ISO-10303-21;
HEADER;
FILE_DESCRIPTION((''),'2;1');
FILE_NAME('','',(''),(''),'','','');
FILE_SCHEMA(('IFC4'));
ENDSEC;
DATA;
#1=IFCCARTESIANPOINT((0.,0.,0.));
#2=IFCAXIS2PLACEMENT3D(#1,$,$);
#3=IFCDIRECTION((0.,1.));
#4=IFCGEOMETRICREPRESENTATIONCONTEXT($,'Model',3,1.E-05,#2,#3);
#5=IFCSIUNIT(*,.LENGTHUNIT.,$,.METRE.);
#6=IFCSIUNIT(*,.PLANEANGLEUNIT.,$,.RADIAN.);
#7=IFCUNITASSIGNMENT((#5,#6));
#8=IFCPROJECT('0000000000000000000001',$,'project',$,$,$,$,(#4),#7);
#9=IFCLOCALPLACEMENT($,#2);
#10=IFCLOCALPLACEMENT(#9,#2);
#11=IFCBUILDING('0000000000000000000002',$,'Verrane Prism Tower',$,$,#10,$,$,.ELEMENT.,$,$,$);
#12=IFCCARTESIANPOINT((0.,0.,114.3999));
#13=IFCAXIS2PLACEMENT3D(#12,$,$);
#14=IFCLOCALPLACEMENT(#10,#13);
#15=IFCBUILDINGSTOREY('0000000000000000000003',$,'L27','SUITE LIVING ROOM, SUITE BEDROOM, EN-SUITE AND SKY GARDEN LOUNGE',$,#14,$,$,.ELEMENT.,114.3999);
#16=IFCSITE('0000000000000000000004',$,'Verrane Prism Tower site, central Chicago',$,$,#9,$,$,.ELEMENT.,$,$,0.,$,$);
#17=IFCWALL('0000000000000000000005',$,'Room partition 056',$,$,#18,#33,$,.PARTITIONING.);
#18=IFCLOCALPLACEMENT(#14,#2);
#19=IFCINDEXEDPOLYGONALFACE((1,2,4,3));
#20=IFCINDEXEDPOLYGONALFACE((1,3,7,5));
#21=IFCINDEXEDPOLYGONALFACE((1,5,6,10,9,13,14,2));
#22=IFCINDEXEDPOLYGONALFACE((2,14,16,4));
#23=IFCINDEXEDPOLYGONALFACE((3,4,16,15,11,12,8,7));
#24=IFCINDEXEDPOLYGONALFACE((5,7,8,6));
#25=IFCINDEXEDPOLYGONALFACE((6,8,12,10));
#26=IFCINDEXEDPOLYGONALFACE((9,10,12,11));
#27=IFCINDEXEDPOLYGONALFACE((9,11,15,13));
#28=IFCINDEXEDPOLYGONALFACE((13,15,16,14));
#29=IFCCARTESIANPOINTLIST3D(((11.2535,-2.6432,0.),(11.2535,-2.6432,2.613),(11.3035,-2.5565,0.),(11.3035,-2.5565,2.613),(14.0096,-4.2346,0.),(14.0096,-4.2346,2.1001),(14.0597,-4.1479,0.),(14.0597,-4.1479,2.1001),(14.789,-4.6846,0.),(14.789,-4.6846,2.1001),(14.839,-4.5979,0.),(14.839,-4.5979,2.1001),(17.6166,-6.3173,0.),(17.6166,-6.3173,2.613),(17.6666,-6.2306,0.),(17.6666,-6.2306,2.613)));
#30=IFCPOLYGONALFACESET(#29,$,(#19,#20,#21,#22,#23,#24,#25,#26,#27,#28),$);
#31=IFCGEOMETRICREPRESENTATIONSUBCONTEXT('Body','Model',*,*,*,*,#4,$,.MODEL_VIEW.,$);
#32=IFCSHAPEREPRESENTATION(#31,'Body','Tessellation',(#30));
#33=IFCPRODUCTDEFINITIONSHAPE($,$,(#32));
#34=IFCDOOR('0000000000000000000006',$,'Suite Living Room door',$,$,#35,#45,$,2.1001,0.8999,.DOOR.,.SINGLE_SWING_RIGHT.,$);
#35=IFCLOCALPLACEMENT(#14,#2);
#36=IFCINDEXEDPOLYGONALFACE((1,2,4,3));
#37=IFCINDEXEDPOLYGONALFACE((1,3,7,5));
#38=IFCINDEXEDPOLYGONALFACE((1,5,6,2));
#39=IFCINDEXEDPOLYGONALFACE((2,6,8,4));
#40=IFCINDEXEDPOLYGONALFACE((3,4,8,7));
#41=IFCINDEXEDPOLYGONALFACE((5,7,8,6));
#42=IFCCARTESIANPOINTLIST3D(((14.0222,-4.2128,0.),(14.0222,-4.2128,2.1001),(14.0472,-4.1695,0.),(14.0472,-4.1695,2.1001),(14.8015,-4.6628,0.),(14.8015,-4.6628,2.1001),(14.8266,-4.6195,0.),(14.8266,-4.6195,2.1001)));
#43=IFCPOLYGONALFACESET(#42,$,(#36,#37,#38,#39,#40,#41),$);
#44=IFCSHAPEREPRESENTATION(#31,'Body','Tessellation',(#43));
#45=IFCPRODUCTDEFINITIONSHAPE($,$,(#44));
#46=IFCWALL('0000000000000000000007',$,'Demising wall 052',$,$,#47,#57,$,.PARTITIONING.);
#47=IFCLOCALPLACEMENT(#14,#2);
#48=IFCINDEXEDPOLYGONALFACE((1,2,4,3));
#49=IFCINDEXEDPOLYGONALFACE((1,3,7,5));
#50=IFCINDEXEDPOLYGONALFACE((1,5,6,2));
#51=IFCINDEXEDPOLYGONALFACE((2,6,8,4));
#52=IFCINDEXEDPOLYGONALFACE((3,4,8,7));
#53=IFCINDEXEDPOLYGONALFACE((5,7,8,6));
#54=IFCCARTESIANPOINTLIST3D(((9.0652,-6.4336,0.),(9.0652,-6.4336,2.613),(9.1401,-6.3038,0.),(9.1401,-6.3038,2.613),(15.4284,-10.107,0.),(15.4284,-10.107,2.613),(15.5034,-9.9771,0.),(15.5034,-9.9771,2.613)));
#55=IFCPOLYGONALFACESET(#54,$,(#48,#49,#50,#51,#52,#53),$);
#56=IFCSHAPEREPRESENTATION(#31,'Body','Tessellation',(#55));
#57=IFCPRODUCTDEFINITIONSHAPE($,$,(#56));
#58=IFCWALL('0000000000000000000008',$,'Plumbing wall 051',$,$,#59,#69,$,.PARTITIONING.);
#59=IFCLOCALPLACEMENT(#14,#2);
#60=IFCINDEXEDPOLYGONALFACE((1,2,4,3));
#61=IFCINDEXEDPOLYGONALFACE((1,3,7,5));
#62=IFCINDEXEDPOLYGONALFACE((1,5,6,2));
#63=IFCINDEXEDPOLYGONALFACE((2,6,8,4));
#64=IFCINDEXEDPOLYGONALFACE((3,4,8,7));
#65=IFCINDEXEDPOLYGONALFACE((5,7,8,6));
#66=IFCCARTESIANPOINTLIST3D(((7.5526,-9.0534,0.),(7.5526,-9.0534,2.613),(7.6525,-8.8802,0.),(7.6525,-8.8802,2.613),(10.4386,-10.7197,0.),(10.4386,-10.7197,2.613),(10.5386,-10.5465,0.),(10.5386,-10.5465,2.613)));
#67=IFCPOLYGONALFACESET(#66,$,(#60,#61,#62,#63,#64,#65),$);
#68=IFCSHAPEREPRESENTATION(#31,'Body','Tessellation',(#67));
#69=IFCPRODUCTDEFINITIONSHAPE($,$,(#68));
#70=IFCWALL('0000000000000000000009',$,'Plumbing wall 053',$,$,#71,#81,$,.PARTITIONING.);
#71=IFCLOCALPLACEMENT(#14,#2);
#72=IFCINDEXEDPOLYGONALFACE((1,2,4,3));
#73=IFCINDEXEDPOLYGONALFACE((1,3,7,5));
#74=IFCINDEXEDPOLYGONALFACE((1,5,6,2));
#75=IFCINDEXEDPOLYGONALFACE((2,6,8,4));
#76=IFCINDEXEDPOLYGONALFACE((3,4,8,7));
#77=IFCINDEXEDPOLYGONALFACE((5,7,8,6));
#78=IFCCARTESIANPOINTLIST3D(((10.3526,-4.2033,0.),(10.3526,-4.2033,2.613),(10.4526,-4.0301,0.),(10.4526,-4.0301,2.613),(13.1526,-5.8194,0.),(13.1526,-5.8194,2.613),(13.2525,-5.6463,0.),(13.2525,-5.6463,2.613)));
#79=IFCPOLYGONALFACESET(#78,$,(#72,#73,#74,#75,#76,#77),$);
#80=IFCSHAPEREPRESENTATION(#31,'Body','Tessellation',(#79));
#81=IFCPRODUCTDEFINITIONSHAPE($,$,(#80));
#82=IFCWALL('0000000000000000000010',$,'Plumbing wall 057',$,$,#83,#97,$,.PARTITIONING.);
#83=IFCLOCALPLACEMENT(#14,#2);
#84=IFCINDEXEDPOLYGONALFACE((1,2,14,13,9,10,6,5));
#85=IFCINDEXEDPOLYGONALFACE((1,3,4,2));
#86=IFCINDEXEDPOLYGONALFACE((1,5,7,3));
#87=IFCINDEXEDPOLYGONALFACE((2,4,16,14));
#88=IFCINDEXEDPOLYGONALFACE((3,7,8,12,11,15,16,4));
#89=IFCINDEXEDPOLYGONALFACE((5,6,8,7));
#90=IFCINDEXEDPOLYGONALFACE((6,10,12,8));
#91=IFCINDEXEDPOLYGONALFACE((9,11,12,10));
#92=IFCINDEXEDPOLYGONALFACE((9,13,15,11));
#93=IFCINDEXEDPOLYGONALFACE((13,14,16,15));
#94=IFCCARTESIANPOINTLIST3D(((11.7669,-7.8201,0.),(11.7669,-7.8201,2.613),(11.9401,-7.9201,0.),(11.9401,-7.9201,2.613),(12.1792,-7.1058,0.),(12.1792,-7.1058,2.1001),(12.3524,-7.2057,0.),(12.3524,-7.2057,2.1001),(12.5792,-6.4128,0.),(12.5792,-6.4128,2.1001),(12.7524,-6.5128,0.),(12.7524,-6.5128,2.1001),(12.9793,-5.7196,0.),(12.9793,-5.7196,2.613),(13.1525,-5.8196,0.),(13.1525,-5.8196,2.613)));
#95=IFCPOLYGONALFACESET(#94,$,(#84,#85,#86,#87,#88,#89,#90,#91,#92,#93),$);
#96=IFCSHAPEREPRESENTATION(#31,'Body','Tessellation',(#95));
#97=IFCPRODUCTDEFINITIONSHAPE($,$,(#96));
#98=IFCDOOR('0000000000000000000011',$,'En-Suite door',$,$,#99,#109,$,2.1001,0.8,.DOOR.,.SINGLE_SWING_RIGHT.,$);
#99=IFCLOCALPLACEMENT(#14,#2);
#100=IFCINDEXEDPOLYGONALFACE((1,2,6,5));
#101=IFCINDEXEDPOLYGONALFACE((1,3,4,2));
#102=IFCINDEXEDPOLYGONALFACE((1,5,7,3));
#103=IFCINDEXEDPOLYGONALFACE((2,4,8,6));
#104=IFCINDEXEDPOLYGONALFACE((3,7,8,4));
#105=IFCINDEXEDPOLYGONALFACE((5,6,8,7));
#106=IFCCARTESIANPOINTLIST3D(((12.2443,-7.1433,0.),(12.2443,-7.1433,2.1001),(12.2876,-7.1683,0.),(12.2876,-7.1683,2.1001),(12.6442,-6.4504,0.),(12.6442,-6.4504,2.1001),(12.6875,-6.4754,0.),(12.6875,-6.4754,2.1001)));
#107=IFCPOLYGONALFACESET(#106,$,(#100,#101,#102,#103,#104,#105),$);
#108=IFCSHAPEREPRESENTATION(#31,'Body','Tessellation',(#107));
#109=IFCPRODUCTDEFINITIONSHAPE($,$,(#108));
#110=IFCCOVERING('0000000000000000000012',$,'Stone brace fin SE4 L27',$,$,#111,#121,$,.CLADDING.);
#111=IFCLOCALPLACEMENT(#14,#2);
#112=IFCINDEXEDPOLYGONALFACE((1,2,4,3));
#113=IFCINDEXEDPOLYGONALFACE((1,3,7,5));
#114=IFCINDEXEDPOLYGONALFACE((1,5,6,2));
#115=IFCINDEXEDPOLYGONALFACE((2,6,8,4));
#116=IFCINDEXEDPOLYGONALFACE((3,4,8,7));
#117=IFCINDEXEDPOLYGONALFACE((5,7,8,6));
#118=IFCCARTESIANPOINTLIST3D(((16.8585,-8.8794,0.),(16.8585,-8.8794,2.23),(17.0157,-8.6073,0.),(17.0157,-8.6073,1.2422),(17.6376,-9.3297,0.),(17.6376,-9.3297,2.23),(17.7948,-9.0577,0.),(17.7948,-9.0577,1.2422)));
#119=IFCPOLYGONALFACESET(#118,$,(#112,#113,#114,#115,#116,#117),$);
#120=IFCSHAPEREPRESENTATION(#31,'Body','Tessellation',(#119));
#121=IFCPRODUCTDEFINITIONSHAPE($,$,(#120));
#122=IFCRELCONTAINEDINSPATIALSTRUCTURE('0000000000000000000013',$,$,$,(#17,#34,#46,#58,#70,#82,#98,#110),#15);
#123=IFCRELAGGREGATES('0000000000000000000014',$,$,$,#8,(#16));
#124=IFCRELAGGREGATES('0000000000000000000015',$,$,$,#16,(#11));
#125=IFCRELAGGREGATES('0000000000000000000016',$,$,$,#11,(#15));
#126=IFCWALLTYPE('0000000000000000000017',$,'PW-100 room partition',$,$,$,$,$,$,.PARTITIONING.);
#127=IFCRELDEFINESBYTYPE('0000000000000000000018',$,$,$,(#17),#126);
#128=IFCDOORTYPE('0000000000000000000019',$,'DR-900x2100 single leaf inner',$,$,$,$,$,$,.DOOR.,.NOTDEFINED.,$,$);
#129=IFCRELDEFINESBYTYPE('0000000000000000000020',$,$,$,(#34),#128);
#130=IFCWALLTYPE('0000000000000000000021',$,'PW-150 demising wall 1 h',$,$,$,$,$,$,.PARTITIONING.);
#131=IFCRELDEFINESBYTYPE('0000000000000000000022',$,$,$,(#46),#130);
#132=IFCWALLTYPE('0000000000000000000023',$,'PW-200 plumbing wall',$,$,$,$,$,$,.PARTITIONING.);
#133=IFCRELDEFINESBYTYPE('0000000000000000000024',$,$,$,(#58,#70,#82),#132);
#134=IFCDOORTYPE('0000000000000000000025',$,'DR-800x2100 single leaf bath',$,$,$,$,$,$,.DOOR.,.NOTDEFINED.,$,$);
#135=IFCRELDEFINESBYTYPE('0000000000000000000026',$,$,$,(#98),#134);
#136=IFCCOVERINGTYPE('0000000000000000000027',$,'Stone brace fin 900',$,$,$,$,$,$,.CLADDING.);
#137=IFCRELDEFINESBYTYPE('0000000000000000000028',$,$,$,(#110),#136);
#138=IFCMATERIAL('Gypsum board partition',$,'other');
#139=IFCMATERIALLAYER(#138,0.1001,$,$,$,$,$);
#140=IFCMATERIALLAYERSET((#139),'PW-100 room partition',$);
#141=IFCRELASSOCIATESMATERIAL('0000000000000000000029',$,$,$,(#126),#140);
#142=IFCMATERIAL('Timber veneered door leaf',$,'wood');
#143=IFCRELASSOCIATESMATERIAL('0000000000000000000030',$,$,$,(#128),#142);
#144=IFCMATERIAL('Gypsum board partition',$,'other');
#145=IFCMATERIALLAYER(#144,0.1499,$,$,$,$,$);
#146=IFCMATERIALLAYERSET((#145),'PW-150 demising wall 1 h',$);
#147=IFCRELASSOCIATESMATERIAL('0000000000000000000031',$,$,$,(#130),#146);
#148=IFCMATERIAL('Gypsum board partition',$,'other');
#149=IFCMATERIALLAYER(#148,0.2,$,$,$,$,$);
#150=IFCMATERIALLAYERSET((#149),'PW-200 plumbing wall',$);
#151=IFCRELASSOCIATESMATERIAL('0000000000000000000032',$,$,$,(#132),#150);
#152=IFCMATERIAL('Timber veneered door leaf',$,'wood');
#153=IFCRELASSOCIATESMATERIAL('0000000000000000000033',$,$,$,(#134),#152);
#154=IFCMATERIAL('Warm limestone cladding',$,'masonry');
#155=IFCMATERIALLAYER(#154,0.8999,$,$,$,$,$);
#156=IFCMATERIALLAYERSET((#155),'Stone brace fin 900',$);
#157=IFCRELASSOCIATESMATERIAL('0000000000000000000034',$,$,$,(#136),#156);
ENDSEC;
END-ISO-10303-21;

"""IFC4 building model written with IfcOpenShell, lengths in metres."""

from ifc_helpers import new_model, si_unit, direction, frame, frame_2d, origin, place, context, subcontext, project, spatial, polyline, rectangle, outline, extrude, material, layer, layer_set, type_object, element, fill, save


model = new_model("IFC4")

# Units and contexts
model_context = context("Model", 3, precision=1e-05, world=origin(), true_north=direction((0.0, 1.0)))
body_context = subcontext(model_context, "Body", "Model", "MODEL_VIEW")
ifc_project = project(units=[si_unit("LENGTHUNIT", "METRE"), si_unit("PLANEANGLEUNIT", "RADIAN")], contexts=[model_context])

# Site, building, storey
site_placement = place(None, origin())
site = spatial("IfcSite", under=ifc_project, at=site_placement, Name="Verrane Prism Tower site, central Chicago", CompositionType="ELEMENT", RefElevation=0.0)
building_placement = place(site_placement, origin())
building = spatial("IfcBuilding", under=site, at=building_placement, Name="Verrane Prism Tower", CompositionType="ELEMENT")
storey_placement = place(building_placement, frame((0.0, 0.0, 114.3999)))
storey = spatial("IfcBuildingStorey", under=building, at=storey_placement, Name="L27", Description="SUITE LIVING ROOM, SUITE BEDROOM, EN-SUITE AND SKY GARDEN LOUNGE", CompositionType="ELEMENT", Elevation=114.3999)

# Wall, opening, door
ifc_material_1 = material(Name="Gypsum board partition", Category="other")
ifc_layer_1 = layer(ifc_material_1, 0.1001)
ifc_layer_set_1 = layer_set([ifc_layer_1], Name="PW-100 room partition")
wall_type_1 = type_object("IfcWallType", Name="PW-100 room partition", PredefinedType="PARTITIONING", material=ifc_layer_set_1)
wall_1_placement = place(storey_placement, frame((17.6416, -6.2739, 0.0), z_axis=(0.0, 0.0, 1.0), x_axis=(-0.866004, 0.500038, 0.0)))
wall_1 = element("IfcWall", 1, at=wall_1_placement, inside=storey, type_object=wall_type_1, Name="Room partition 056", PredefinedType="PARTITIONING", context=body_context, shape_type="SweptSolid", body=[
    extrude(rectangle(XDim=7.3477, YDim=0.1001, at=frame_2d((3.6738, 0.0))), origin(), (0.0, 0.0, 1.0), 2.613),
])
opening_1_placement = place(wall_1_placement, frame((3.2651, 0.0, 0.0)))
opening_1 = element("IfcOpeningElement", 2, at=opening_1_placement, cuts=wall_1, PredefinedType="OPENING", context=body_context, shape_type="SweptSolid", body=[
    extrude(rectangle(XDim=0.8999, YDim=2.1001, at=frame_2d((0.45, 1.05))), frame((0.0, 0.0601, 0.0), z_axis=(0.0, -1.0, 0.0), x_axis=(1.0, 0.0, 0.0)), (0.0, 0.0, 1.0), 0.1201),
])
ifc_material_2 = material(Name="Timber veneered door leaf", Category="wood")
door_type_1 = type_object("IfcDoorType", Name="DR-900x2100 single leaf inner", OperationType="NOTDEFINED", PredefinedType="DOOR", material=ifc_material_2)
door_1_placement = place(opening_1_placement, origin())
door_1 = element("IfcDoor", 3, at=door_1_placement, inside=storey, type_object=door_type_1, Name="Suite Living Room door", OperationType="SINGLE_SWING_RIGHT", OverallHeight=2.1001, OverallWidth=0.8999, PredefinedType="DOOR", context=body_context, shape_type="SweptSolid", body=[
    extrude(rectangle(XDim=0.8999, YDim=2.1001, at=frame_2d((0.45, 1.05))), frame((0.0, 0.0249, 0.0), z_axis=(0.0, -1.0, 0.0), x_axis=(1.0, 0.0, 0.0)), (0.0, 0.0, 1.0), 0.05),
])
fill(opening_1, door_1)

# Walls
ifc_material_3 = material(Name="Gypsum board partition", Category="other")
ifc_layer_2 = layer(ifc_material_3, 0.1499)
ifc_layer_set_2 = layer_set([ifc_layer_2], Name="PW-150 demising wall 1 h")
wall_type_2 = type_object("IfcWallType", Name="PW-150 demising wall 1 h", PredefinedType="PARTITIONING", material=ifc_layer_set_2)
wall_2_placement = place(storey_placement, frame((9.1025, -6.3687, 0.0), z_axis=(0.0, 0.0, 1.0), x_axis=(0.866055, -0.499949, 0.0)))
element("IfcWall", 4, at=wall_2_placement, inside=storey, type_object=wall_type_2, Name="Demising wall 052", PredefinedType="PARTITIONING", context=body_context, shape_type="SweptSolid", body=[
    extrude(rectangle(XDim=7.3474, YDim=0.1499, at=frame_2d((3.6738, 0.0))), origin(), (0.0, 0.0, 1.0), 2.613),
])
ifc_material_4 = material(Name="Gypsum board partition", Category="other")
ifc_layer_3 = layer(ifc_material_4, 0.2)
ifc_layer_set_3 = layer_set([ifc_layer_3], Name="PW-200 plumbing wall")
wall_type_3 = type_object("IfcWallType", Name="PW-200 plumbing wall", PredefinedType="PARTITIONING", material=ifc_layer_set_3)
wall_3_placement = place(storey_placement, frame((7.6025, -8.9668, 0.0), z_axis=(0.0, 0.0, 1.0), x_axis=(0.866021, -0.500008, 0.0)))
element("IfcWall", 5, at=wall_3_placement, inside=storey, type_object=wall_type_3, Name="Plumbing wall 051", PredefinedType="PARTITIONING", context=body_context, shape_type="SweptSolid", body=[
    extrude(rectangle(XDim=3.3325, YDim=0.2, at=frame_2d((1.6663, 0.0))), origin(), (0.0, 0.0, 1.0), 2.613),
])
wall_4_placement = place(storey_placement, frame((10.4026, -4.1167, 0.0), z_axis=(0.0, 0.0, 1.0), x_axis=(0.866079, -0.499908, 0.0)))
element("IfcWall", 6, at=wall_4_placement, inside=storey, type_object=wall_type_3, Name="Plumbing wall 053", PredefinedType="PARTITIONING", context=body_context, shape_type="SweptSolid", body=[
    extrude(rectangle(XDim=3.2329, YDim=0.2, at=frame_2d((1.6165, 0.0))), origin(), (0.0, 0.0, 1.0), 2.613),
])

# Wall, opening, door
wall_5_placement = place(storey_placement, frame((11.8535, -7.8701, 0.0), z_axis=(0.0, 0.0, 1.0), x_axis=(0.499885, 0.866092, 0.0)))
wall_5 = element("IfcWall", 7, at=wall_5_placement, inside=storey, type_object=wall_type_3, Name="Plumbing wall 057", PredefinedType="PARTITIONING", context=body_context, shape_type="SweptSolid", body=[
    extrude(rectangle(XDim=2.4253, YDim=0.2, at=frame_2d((1.2126, 0.0))), origin(), (0.0, 0.0, 1.0), 2.613),
])
opening_2_placement = place(wall_5_placement, frame((0.825, 0.0, 0.0)))
opening_2 = element("IfcOpeningElement", 8, at=opening_2_placement, cuts=wall_5, PredefinedType="OPENING", context=body_context, shape_type="SweptSolid", body=[
    extrude(rectangle(XDim=0.8, YDim=2.1001, at=frame_2d((0.3999, 1.05))), frame((0.0, 0.1099, 0.0), z_axis=(0.0, -1.0, 0.0), x_axis=(1.0, 0.0, 0.0)), (0.0, 0.0, 1.0), 0.22),
])
ifc_material_5 = material(Name="Timber veneered door leaf", Category="wood")
door_type_2 = type_object("IfcDoorType", Name="DR-800x2100 single leaf bath", OperationType="NOTDEFINED", PredefinedType="DOOR", material=ifc_material_5)
door_2_placement = place(opening_2_placement, origin())
door_2 = element("IfcDoor", 9, at=door_2_placement, inside=storey, type_object=door_type_2, Name="En-Suite door", OperationType="SINGLE_SWING_RIGHT", OverallHeight=2.1001, OverallWidth=0.8, PredefinedType="DOOR", context=body_context, shape_type="SweptSolid", body=[
    extrude(rectangle(XDim=0.8, YDim=2.1001, at=frame_2d((0.3999, 1.05))), frame((0.0, 0.0249, 0.0), z_axis=(0.0, -1.0, 0.0), x_axis=(1.0, 0.0, 0.0)), (0.0, 0.0, 1.0), 0.05),
])
fill(opening_2, door_2)

# Covering
ifc_material_6 = material(Name="Warm limestone cladding", Category="masonry")
ifc_layer_4 = layer(ifc_material_6, 0.8999)
ifc_layer_set_4 = layer_set([ifc_layer_4], Name="Stone brace fin 900")
covering_type = type_object("IfcCoveringType", Name="Stone brace fin 900", PredefinedType="CLADDING", material=ifc_layer_set_4)
covering_placement = place(storey_placement, frame((17.4053, -8.8325, 0.0), z_axis=(0.0, 0.0, 1.0), x_axis=(-0.500485, -0.865745, 0.0)))
element("IfcCovering", 10, at=covering_placement, inside=storey, type_object=covering_type, Name="Stone brace fin SE4 L27", PredefinedType="CLADDING", context=body_context, shape_type="SweptSolid", body=[
    extrude(outline(polyline([(0.0, 0.0), (0.3142, 0.0), (0.3142, 2.23), (0.0, 1.2422), (0.0, 0.0)])), frame((0.0, 0.45, 0.0), z_axis=(0.0, -1.0, 0.0), x_axis=(1.0, 0.0, 0.0)), (0.0, 0.0, 1.0), 0.8999),
])

save(model, "model.ifc")
